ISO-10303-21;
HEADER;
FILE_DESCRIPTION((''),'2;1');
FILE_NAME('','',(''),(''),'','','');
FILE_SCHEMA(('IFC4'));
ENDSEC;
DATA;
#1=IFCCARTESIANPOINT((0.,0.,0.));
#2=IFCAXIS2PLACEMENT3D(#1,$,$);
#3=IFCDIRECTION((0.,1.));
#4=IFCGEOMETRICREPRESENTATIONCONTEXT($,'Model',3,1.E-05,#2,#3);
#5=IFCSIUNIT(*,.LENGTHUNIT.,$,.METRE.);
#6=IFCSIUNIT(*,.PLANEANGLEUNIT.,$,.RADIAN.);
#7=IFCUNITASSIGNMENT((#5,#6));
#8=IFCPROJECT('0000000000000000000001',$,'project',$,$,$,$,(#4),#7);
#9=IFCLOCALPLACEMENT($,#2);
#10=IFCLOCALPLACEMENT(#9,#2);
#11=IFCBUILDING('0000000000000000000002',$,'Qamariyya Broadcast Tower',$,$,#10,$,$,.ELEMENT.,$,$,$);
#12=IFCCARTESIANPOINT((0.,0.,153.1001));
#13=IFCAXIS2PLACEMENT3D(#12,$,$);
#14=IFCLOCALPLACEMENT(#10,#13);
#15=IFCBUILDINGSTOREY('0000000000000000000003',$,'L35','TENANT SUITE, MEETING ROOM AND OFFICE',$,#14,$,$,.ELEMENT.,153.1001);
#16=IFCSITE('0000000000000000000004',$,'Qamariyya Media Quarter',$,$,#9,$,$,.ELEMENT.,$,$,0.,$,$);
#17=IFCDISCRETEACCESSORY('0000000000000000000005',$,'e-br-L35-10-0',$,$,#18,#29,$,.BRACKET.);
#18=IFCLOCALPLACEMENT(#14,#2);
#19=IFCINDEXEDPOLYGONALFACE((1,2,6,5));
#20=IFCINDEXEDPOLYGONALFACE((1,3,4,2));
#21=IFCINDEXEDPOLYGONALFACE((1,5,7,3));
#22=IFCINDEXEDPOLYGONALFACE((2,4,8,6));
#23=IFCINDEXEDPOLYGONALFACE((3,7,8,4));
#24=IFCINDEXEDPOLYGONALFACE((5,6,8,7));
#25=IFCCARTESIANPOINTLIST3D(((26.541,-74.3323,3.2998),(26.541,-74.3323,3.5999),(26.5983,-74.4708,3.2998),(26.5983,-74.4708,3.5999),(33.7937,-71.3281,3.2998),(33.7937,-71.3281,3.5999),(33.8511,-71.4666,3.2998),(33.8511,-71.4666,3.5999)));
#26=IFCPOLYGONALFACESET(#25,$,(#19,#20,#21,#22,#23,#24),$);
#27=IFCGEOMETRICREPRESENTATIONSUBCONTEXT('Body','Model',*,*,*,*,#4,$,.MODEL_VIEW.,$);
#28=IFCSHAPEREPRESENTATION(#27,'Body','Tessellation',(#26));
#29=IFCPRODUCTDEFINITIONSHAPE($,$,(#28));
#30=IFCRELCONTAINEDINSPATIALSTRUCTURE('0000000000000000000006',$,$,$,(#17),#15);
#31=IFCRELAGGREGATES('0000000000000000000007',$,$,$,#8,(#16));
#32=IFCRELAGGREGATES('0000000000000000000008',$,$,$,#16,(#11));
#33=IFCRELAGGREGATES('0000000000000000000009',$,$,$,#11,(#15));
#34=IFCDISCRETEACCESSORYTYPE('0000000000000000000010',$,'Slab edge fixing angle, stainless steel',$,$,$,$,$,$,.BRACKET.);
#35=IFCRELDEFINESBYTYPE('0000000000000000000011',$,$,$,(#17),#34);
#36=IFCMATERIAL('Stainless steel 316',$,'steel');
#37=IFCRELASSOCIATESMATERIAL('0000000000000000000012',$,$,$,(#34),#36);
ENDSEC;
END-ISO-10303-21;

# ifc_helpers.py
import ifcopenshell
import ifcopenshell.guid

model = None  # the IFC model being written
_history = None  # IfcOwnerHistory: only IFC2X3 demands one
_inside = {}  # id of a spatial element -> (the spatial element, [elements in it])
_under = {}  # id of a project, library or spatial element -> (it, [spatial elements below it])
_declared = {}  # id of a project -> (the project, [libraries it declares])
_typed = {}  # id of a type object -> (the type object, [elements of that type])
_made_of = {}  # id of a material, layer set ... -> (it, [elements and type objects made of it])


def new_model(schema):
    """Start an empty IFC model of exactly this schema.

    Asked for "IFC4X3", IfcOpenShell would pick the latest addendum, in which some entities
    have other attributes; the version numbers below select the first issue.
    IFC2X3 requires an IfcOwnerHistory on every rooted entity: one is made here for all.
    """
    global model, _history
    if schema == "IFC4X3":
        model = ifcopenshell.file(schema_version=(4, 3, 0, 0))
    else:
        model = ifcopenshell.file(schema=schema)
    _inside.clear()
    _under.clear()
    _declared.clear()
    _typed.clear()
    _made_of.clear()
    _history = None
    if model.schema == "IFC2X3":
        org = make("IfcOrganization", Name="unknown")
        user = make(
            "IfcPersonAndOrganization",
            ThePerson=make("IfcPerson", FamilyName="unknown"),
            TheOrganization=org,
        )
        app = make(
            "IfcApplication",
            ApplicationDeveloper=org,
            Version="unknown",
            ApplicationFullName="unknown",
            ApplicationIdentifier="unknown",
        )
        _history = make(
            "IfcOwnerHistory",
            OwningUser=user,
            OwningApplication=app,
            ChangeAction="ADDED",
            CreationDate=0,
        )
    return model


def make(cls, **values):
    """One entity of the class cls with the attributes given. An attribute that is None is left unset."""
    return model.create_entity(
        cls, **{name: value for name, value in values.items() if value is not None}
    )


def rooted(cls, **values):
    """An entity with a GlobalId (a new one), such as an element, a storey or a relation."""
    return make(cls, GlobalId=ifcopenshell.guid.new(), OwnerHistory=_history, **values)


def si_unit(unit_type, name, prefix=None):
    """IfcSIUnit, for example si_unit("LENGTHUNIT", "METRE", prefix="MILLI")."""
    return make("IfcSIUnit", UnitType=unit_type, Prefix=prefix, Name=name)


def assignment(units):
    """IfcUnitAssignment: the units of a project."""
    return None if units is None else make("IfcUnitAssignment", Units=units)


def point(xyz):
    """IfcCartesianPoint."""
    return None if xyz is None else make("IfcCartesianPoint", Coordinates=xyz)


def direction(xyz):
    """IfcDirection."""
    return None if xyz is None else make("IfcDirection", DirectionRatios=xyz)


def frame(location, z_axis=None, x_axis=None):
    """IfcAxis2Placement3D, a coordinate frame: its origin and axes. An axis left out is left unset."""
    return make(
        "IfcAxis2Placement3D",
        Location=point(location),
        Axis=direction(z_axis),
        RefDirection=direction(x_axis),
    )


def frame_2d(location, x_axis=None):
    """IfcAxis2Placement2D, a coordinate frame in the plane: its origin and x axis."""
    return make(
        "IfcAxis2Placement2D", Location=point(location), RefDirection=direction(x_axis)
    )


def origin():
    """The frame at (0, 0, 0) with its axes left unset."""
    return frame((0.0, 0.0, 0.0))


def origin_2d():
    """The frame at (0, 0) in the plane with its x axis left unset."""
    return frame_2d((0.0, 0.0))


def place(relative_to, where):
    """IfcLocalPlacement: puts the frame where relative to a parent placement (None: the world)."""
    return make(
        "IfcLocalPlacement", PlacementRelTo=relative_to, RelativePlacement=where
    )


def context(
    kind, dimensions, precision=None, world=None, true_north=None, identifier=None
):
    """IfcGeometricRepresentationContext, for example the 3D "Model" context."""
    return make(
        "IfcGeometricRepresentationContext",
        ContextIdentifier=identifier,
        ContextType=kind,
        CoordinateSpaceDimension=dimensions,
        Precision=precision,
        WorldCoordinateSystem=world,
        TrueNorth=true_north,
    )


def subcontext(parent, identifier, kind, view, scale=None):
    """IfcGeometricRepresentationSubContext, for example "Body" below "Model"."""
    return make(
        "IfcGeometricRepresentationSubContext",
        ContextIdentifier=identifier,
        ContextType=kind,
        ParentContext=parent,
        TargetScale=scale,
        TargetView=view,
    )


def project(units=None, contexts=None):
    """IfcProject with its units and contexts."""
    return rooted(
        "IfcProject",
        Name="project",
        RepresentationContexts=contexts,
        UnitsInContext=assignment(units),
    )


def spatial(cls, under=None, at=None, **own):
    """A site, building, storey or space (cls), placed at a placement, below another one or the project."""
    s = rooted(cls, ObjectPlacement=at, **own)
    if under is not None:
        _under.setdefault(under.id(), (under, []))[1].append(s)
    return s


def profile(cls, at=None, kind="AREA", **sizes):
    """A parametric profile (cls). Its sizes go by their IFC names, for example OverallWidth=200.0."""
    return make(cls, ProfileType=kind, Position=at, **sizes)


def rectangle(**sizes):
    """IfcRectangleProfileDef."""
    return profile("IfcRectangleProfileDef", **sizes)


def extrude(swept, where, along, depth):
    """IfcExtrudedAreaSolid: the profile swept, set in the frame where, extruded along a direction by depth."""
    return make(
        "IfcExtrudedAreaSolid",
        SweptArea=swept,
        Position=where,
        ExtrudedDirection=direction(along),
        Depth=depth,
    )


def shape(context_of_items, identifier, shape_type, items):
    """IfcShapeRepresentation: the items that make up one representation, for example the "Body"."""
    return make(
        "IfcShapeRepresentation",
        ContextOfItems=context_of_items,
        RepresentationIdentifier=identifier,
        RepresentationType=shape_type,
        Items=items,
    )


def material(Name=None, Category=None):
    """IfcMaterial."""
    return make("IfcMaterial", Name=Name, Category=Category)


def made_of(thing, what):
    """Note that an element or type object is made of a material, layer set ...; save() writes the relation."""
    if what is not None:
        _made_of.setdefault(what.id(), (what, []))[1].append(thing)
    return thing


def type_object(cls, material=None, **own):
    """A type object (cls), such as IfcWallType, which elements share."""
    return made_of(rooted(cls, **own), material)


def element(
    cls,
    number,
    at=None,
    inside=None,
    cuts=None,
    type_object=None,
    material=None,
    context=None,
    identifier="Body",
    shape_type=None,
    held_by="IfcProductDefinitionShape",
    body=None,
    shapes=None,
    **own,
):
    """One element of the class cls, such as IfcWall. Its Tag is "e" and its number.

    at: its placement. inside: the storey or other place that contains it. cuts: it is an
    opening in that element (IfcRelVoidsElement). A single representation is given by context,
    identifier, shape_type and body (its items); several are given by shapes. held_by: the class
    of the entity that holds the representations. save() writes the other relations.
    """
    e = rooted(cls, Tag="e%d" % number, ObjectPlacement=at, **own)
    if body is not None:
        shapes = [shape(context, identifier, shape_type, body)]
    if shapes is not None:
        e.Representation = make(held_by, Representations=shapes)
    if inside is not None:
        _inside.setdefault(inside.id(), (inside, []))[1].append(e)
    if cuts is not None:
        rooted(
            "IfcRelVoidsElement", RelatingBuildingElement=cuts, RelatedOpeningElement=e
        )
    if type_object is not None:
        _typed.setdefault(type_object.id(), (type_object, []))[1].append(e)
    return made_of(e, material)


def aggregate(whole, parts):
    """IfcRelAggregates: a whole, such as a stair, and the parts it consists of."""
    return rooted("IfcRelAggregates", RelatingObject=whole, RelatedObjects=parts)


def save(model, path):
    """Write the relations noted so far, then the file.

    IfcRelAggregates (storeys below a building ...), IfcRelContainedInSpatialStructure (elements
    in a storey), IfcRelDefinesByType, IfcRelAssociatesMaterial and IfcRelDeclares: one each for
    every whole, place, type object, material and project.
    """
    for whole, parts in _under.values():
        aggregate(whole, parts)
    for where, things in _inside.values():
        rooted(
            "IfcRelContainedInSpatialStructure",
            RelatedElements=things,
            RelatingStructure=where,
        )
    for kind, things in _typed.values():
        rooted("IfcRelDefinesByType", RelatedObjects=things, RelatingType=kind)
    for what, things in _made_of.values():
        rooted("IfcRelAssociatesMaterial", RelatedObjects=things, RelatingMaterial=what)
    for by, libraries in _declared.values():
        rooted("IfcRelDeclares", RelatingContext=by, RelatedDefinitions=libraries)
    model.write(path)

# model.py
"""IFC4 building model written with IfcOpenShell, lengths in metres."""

from ifc_helpers import new_model, si_unit, direction, frame, origin, origin_2d, place, context, subcontext, project, spatial, rectangle, extrude, material, type_object, element, save


model = new_model("IFC4")

# Units and contexts
model_context = context("Model", 3, precision=1e-05, world=origin(), true_north=direction((0.0, 1.0)))
body_context = subcontext(model_context, "Body", "Model", "MODEL_VIEW")
ifc_project = project(units=[si_unit("LENGTHUNIT", "METRE"), si_unit("PLANEANGLEUNIT", "RADIAN")], contexts=[model_context])

# Site, building, storey
site_placement = place(None, origin())
site = spatial("IfcSite", under=ifc_project, at=site_placement, Name="Qamariyya Media Quarter", CompositionType="ELEMENT", RefElevation=0.0)
building_placement = place(site_placement, origin())
building = spatial("IfcBuilding", under=site, at=building_placement, Name="Qamariyya Broadcast Tower", CompositionType="ELEMENT")
storey_placement = place(building_placement, frame((0.0, 0.0, 153.1001)))
storey = spatial("IfcBuildingStorey", under=building, at=storey_placement, Name="L35", Description="TENANT SUITE, MEETING ROOM AND OFFICE", CompositionType="ELEMENT", Elevation=153.1001)

# Discrete accessory
ifc_material_1 = material(Name="Stainless steel 316", Category="steel")
discrete_accessory_type = type_object("IfcDiscreteAccessoryType", Name="Slab edge fixing angle, stainless steel", PredefinedType="BRACKET", material=ifc_material_1)
discrete_accessory_placement = place(storey_placement, frame((30.196, -72.8994, 3.2998), z_axis=(0.0, 0.0, 1.0), x_axis=(0.92388, 0.382683, 0.0)))
element("IfcDiscreteAccessory", 1, at=discrete_accessory_placement, inside=storey, type_object=discrete_accessory_type, Name="e-br-L35-10-0", PredefinedType="BRACKET", context=body_context, shape_type="SweptSolid", body=[
    extrude(rectangle(XDim=7.8503, YDim=0.1499, at=origin_2d()), origin(), (0.0, 0.0, 1.0), 0.3),
])

save(model, "model.ifc")
